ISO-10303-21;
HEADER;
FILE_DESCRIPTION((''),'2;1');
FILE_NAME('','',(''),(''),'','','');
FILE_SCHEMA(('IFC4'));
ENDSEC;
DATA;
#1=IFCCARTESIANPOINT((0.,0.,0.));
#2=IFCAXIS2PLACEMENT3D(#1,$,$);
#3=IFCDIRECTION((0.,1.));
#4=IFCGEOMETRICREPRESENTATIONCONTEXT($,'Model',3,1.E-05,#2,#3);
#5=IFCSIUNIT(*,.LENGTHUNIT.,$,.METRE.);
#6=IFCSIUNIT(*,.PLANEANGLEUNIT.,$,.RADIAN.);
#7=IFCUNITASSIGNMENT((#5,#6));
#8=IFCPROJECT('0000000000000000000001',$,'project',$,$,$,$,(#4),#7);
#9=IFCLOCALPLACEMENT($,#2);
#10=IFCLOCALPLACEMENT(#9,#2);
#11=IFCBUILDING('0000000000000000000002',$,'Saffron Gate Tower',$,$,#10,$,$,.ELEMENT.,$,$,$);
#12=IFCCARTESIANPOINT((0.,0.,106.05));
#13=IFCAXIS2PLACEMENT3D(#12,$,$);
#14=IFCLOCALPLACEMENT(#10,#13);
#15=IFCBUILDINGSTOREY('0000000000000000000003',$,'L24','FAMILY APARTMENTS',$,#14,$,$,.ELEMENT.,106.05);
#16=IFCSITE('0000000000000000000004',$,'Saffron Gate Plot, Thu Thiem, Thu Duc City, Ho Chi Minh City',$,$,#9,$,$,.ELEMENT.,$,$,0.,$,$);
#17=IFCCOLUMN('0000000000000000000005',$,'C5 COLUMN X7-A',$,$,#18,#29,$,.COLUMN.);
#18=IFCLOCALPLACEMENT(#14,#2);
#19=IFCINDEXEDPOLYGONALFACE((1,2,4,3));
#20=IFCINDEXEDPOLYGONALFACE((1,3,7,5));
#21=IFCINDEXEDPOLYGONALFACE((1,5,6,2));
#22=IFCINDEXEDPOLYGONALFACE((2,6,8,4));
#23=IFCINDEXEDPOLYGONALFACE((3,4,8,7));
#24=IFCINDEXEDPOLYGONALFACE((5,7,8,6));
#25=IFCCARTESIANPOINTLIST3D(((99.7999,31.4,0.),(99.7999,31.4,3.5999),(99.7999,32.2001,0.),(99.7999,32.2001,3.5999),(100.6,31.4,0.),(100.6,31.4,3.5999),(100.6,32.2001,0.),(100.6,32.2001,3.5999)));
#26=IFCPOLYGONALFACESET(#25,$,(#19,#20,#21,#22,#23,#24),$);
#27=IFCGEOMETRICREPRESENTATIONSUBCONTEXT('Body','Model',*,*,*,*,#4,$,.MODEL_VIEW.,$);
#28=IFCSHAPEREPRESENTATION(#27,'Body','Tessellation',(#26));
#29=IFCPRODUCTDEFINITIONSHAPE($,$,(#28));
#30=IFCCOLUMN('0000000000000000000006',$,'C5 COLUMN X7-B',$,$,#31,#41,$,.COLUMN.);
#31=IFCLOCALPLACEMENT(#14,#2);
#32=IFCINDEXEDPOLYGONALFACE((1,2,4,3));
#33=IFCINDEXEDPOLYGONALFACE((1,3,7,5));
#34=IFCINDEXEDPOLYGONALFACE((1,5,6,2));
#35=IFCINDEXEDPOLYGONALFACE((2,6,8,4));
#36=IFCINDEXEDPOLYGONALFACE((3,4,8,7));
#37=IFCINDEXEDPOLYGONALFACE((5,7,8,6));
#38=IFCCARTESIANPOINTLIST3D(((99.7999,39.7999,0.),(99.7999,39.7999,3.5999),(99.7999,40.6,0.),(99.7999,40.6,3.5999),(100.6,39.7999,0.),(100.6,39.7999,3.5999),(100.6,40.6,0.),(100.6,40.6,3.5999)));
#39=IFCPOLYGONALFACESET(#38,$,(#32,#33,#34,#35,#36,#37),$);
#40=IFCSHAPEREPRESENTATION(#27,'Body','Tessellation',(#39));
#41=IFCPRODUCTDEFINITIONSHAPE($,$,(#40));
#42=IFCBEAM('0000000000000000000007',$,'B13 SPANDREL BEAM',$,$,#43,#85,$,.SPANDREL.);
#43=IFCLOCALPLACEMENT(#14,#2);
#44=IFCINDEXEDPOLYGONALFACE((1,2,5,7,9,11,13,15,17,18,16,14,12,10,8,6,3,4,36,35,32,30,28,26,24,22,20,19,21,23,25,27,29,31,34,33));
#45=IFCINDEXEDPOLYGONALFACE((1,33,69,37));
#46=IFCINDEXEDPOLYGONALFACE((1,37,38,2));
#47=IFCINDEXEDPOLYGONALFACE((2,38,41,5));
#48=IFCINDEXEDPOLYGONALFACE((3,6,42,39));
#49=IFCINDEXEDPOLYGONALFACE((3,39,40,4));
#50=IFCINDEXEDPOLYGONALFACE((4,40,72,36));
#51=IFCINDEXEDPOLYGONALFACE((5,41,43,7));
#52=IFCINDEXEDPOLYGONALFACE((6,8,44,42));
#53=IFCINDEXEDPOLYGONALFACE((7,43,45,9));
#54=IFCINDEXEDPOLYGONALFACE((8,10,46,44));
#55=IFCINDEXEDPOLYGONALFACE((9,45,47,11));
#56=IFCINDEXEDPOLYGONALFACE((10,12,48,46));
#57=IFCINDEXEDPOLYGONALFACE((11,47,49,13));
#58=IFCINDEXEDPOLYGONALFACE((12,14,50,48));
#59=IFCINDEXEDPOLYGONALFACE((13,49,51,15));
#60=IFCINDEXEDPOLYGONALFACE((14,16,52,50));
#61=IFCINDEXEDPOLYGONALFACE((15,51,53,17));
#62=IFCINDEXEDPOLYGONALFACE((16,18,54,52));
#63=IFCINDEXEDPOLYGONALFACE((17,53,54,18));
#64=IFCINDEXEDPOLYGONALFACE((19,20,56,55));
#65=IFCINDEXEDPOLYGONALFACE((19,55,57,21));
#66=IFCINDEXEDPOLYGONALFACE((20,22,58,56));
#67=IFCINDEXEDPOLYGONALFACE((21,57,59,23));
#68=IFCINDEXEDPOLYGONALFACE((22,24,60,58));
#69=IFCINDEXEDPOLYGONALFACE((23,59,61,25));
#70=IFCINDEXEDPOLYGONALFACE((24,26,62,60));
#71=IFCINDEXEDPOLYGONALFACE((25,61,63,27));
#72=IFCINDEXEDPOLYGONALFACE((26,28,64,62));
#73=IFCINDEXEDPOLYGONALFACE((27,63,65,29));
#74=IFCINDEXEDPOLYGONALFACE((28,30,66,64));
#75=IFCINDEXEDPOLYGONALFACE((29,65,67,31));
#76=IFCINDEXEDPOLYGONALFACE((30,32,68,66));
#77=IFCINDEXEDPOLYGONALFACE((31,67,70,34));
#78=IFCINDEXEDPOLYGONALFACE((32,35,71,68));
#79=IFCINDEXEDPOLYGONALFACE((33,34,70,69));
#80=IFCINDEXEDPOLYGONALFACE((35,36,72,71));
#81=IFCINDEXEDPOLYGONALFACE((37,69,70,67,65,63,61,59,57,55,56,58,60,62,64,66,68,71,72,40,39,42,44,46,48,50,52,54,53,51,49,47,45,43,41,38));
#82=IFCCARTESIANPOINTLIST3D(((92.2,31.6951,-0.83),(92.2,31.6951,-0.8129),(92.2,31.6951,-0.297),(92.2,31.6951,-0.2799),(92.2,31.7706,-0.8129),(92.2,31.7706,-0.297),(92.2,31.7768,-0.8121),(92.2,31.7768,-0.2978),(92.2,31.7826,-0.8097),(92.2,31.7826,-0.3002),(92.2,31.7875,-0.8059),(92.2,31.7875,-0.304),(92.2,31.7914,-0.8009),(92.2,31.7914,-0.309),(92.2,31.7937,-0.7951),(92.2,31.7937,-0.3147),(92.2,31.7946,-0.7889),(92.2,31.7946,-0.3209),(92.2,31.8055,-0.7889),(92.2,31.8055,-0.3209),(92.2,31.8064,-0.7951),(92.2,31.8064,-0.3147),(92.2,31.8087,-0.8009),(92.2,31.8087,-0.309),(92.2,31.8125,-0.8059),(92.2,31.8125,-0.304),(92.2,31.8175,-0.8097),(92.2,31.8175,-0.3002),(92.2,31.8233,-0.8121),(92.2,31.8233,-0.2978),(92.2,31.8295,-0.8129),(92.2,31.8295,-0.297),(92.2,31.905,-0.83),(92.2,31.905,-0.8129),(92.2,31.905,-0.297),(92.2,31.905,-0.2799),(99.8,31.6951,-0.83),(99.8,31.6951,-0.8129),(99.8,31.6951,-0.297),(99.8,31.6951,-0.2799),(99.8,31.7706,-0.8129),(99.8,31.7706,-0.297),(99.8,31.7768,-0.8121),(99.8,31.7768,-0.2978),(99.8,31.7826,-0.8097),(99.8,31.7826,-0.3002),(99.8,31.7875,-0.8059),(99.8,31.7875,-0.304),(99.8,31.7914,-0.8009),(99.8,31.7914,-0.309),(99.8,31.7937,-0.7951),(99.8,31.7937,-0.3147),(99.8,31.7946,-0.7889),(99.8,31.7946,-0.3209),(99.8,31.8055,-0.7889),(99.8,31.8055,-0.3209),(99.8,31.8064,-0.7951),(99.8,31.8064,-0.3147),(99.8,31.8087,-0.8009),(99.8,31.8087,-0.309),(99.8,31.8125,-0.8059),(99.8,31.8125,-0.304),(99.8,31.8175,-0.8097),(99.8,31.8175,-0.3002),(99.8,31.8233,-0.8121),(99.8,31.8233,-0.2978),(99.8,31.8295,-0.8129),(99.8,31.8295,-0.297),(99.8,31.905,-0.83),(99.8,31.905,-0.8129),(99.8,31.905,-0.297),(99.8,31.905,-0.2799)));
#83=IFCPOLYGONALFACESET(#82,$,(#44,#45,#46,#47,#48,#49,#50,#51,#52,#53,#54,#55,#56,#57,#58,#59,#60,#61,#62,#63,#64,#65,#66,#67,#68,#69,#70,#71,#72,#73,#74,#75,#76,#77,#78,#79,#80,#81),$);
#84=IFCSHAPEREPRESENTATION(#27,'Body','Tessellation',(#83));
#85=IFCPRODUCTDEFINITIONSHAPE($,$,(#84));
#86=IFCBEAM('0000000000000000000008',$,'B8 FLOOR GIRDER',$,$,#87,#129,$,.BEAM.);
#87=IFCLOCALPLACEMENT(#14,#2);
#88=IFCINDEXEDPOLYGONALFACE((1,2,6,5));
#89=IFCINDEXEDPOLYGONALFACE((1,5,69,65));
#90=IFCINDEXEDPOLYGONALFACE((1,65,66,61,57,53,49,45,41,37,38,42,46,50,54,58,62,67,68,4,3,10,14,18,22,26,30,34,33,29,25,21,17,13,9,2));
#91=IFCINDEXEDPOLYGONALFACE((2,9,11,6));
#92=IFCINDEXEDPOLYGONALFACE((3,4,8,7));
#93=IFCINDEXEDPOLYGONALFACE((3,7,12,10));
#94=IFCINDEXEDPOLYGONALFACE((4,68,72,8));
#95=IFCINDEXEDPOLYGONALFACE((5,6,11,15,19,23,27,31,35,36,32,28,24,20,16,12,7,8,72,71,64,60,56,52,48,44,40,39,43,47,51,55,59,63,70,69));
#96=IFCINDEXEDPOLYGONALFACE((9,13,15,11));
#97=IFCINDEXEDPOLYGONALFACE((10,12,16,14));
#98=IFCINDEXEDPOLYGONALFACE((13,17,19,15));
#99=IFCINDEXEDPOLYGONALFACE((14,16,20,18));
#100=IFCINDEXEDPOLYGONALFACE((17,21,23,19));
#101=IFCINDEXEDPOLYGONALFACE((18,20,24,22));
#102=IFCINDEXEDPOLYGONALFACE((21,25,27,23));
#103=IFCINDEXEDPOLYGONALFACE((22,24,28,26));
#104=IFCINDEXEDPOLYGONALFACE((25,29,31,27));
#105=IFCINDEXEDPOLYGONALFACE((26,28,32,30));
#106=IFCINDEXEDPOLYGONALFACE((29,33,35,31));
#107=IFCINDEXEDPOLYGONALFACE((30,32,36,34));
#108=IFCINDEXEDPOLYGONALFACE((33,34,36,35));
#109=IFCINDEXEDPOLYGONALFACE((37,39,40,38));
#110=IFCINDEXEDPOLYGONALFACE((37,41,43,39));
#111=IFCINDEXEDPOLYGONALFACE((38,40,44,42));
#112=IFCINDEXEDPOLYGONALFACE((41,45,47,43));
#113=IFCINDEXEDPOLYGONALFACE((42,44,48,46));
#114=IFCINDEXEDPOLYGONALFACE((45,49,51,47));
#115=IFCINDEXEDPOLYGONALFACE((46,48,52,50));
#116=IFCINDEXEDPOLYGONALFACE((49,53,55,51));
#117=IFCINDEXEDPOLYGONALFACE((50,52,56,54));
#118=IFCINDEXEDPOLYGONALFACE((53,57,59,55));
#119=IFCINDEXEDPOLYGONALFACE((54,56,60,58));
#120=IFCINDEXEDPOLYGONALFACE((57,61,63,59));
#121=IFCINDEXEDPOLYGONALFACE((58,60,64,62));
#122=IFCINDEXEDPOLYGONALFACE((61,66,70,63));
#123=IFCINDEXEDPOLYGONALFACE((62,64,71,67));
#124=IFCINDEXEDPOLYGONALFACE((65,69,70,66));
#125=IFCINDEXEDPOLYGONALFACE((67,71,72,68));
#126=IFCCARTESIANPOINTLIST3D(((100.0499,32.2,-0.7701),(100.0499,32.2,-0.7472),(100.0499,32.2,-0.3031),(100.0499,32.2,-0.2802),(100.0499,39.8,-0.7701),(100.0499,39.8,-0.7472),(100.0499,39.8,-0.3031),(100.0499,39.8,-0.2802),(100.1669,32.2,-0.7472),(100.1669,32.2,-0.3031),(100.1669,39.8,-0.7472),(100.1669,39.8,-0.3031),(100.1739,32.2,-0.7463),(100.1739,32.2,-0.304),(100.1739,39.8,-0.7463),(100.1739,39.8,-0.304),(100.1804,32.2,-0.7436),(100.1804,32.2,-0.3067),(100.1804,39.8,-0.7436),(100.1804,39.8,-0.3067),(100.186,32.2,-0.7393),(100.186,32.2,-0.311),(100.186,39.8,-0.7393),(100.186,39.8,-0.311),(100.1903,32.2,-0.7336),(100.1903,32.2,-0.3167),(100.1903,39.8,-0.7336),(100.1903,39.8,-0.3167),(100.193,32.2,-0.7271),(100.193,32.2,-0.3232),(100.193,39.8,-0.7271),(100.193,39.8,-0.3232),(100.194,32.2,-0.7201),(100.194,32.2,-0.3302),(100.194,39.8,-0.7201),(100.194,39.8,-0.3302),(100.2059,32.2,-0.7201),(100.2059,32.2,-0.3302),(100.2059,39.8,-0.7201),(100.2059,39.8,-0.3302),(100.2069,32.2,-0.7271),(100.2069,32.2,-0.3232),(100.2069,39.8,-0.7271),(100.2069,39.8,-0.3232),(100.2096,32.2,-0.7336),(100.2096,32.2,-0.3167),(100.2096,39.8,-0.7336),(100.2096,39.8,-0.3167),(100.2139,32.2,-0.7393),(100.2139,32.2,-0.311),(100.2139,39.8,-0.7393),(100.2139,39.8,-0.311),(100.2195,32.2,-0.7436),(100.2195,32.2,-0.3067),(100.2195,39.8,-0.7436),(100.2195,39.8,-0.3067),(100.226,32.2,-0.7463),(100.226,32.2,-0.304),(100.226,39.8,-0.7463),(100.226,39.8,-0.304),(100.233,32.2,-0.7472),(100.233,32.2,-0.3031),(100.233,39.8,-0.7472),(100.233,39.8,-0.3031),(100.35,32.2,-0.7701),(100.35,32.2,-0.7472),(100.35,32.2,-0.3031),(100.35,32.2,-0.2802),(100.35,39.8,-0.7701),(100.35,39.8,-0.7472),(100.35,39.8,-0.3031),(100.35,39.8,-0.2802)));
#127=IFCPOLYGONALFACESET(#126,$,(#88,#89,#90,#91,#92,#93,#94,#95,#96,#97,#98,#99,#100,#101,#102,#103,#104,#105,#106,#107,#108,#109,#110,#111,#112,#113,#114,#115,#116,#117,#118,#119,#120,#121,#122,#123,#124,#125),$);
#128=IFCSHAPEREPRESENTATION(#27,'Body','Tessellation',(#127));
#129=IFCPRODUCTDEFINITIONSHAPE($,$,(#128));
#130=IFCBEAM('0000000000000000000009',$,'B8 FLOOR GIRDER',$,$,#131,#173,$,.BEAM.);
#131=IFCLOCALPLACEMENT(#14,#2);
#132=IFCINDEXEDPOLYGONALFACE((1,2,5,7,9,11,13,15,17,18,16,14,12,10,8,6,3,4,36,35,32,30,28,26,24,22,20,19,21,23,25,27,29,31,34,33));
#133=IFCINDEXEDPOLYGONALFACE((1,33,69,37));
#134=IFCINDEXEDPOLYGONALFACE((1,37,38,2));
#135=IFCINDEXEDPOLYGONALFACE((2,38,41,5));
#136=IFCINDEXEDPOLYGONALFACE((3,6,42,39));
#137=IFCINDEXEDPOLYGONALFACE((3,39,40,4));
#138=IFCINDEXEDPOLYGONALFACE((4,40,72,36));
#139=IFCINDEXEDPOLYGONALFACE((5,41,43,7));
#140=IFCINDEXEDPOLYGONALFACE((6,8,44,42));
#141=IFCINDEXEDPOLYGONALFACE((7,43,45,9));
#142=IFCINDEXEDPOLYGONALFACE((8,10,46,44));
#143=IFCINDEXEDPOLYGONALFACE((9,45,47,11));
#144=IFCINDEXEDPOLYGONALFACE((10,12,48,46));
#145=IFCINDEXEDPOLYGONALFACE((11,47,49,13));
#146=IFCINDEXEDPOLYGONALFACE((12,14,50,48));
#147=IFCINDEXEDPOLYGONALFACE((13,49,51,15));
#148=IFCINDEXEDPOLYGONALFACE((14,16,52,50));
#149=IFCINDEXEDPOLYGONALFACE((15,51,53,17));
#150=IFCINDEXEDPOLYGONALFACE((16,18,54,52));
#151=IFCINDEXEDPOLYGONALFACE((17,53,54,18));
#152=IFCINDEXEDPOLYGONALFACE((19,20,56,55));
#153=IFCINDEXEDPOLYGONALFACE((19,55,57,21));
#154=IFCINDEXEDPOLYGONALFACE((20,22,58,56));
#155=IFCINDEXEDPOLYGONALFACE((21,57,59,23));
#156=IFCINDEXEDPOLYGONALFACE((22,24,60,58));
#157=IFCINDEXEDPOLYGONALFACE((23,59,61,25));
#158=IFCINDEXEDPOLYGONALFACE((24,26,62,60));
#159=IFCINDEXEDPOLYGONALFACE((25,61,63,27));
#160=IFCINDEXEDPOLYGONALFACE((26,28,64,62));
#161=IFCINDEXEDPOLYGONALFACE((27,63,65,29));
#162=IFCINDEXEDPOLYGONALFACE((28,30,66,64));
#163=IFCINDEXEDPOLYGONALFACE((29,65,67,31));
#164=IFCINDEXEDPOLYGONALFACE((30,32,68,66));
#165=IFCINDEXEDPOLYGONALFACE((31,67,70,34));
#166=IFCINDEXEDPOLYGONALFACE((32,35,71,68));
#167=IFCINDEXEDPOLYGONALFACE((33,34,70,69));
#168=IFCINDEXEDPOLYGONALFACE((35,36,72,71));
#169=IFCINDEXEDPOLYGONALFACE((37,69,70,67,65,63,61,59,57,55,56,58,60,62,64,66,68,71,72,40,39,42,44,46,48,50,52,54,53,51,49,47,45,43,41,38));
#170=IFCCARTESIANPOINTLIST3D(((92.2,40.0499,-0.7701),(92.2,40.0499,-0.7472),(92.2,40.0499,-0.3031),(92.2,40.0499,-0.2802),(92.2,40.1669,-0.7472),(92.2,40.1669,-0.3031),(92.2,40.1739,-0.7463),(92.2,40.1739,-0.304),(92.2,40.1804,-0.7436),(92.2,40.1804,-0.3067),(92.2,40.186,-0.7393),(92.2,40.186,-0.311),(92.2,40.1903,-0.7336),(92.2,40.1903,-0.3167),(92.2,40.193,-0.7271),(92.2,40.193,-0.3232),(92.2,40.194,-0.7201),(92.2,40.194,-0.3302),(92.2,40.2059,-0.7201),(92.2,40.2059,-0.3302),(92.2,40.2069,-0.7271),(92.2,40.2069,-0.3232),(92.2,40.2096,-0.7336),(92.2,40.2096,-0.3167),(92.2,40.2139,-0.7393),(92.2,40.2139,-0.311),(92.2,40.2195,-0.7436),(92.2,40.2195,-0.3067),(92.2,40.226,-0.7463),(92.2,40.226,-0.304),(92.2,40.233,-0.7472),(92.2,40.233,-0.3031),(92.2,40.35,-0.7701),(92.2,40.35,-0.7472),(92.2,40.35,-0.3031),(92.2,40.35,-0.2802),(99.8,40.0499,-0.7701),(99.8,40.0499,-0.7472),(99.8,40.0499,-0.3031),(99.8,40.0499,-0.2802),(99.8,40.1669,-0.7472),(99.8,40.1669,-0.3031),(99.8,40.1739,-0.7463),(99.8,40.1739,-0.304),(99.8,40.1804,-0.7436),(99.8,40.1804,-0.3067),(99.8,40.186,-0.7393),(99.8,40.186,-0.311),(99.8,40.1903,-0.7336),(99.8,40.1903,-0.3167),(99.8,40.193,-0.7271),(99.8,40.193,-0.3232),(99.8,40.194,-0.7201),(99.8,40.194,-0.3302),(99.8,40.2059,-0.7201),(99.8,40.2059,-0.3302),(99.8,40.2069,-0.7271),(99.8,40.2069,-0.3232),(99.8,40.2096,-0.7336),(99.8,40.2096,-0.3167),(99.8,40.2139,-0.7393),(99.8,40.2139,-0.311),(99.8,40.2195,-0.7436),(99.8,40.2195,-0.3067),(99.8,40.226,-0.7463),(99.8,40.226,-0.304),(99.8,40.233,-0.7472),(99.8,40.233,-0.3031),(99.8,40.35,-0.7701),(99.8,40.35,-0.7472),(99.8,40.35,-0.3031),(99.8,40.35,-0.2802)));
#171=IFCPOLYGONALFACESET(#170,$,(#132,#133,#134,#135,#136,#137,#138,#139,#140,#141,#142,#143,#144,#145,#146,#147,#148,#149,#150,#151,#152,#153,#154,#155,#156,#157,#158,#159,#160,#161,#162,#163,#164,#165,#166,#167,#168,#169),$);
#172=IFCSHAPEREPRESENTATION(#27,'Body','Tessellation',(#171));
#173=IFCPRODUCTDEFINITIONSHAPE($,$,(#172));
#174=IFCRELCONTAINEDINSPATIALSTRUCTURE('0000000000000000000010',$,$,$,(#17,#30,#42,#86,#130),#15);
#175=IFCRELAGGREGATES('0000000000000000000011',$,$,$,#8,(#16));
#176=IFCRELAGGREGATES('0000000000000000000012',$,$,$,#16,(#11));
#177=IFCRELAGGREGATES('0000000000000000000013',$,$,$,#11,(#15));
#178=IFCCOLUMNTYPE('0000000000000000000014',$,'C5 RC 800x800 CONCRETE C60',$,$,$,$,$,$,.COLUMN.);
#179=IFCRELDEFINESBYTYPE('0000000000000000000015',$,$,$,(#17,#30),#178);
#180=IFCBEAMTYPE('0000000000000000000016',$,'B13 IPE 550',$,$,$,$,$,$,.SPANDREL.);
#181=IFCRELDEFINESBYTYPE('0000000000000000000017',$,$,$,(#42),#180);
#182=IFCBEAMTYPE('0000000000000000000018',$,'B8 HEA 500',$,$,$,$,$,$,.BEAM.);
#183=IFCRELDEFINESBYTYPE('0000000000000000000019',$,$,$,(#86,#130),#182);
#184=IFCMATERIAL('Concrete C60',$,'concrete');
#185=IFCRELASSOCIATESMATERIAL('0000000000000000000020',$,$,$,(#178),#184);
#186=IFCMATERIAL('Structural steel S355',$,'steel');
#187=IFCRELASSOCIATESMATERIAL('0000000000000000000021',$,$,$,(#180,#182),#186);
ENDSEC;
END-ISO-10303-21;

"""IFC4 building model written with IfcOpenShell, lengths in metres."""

from ifc_helpers import new_model, si_unit, direction, frame, origin, origin_2d, place, context, subcontext, project, spatial, rectangle, i_section, extrude, material, material_profile, profile_set, type_object, element, save


model = new_model("IFC4")

# Units and contexts
model_context = context("Model", 3, precision=1e-05, world=origin(), true_north=direction((0.0, 1.0)))
body_context = subcontext(model_context, "Body", "Model", "MODEL_VIEW")
ifc_project = project(units=[si_unit("LENGTHUNIT", "METRE"), si_unit("PLANEANGLEUNIT", "RADIAN")], contexts=[model_context])

# Site, building, storey
site_placement = place(None, origin())
site = spatial("IfcSite", under=ifc_project, at=site_placement, Name="Saffron Gate Plot, Thu Thiem, Thu Duc City, Ho Chi Minh City", CompositionType="ELEMENT", RefElevation=0.0)
building_placement = place(site_placement, origin())
building = spatial("IfcBuilding", under=site, at=building_placement, Name="Saffron Gate Tower", CompositionType="ELEMENT")
storey_placement = place(building_placement, frame((0.0, 0.0, 106.05)))
storey = spatial("IfcBuildingStorey", under=building, at=storey_placement, Name="L24", Description="FAMILY APARTMENTS", CompositionType="ELEMENT", Elevation=106.05)

# Columns
ifc_material_1 = material(Name="Concrete C60", Category="concrete")
ifc_material_profile_1 = material_profile(ifc_material_1, rectangle(XDim=0.8, YDim=0.8, at=origin_2d()))
ifc_profile_set_1 = profile_set([ifc_material_profile_1], Name="Concrete C60")
column_type = type_object("IfcColumnType", Name="C5 RC 800x800 CONCRETE C60", PredefinedType="COLUMN", material=ifc_profile_set_1)
for number, where, z_axis, x_axis, name in (
    (1, (100.2, 31.8, 0.0), (0.0, 0.0, 1.0), (1.0, 0.0, 0.0), "C5 COLUMN X7-A"),
    (2, (100.2, 40.2, 0.0), (0.0, 0.0, 1.0), (1.0, 0.0, 0.0), "C5 COLUMN X7-B"),
):
    element("IfcColumn", number, at=place(storey_placement, frame(where, z_axis=z_axis, x_axis=x_axis)), inside=storey, type_object=column_type, Name=name, PredefinedType="COLUMN", context=body_context, shape_type="SweptSolid", body=[
        extrude(rectangle(XDim=0.8, YDim=0.8, at=origin_2d()), origin(), (0.0, 0.0, 1.0), 3.5999),
    ])

# Beams
ifc_material_2 = material(Name="Structural steel S355", Category="steel")
ifc_material_profile_2 = material_profile(ifc_material_2, i_section(OverallWidth=0.21, OverallDepth=0.55, WebThickness=0.011, FlangeThickness=0.0171, FilletRadius=0.0239, at=origin_2d()))
ifc_profile_set_2 = profile_set([ifc_material_profile_2], Name="Structural steel S355")
beam_type_1 = type_object("IfcBeamType", Name="B13 IPE 550", PredefinedType="SPANDREL", material=ifc_profile_set_2)
beam_placement = place(storey_placement, frame((92.2, 31.8, -0.5549), z_axis=(1.0, 0.0, 0.0), x_axis=(0.0, 1.0, 0.0)))
element("IfcBeam", 3, at=beam_placement, inside=storey, type_object=beam_type_1, Name="B13 SPANDREL BEAM", PredefinedType="SPANDREL", context=body_context, shape_type="SweptSolid", body=[
    extrude(i_section(OverallWidth=0.21, OverallDepth=0.55, WebThickness=0.011, FlangeThickness=0.0171, FilletRadius=0.0239, at=origin_2d()), origin(), (0.0, 0.0, 1.0), 7.6001),
])
ifc_material_profile_3 = material_profile(ifc_material_2, i_section(OverallWidth=0.3, OverallDepth=0.49, WebThickness=0.012, FlangeThickness=0.0229, FilletRadius=0.0271, at=origin_2d()))
ifc_profile_set_3 = profile_set([ifc_material_profile_3], Name="Structural steel S355")
beam_type_2 = type_object("IfcBeamType", Name="B8 HEA 500", PredefinedType="BEAM", material=ifc_profile_set_3)
for number, where, z_axis, x_axis, name in (
    (4, (100.2, 32.2, -0.5251), (0.0, 1.0, 0.0), (-1.0, 0.0, 0.0), "B8 FLOOR GIRDER"),
    (5, (92.2, 40.2, -0.5251), (1.0, 0.0, 0.0), (0.0, 1.0, 0.0), "B8 FLOOR GIRDER"),
):
    element("IfcBeam", number, at=place(storey_placement, frame(where, z_axis=z_axis, x_axis=x_axis)), inside=storey, type_object=beam_type_2, Name=name, PredefinedType="BEAM", context=body_context, shape_type="SweptSolid", body=[
        extrude(i_section(OverallWidth=0.3, OverallDepth=0.49, WebThickness=0.012, FlangeThickness=0.0229, FilletRadius=0.0271, at=origin_2d()), origin(), (0.0, 0.0, 1.0), 7.6001),
    ])

save(model, "model.ifc")
